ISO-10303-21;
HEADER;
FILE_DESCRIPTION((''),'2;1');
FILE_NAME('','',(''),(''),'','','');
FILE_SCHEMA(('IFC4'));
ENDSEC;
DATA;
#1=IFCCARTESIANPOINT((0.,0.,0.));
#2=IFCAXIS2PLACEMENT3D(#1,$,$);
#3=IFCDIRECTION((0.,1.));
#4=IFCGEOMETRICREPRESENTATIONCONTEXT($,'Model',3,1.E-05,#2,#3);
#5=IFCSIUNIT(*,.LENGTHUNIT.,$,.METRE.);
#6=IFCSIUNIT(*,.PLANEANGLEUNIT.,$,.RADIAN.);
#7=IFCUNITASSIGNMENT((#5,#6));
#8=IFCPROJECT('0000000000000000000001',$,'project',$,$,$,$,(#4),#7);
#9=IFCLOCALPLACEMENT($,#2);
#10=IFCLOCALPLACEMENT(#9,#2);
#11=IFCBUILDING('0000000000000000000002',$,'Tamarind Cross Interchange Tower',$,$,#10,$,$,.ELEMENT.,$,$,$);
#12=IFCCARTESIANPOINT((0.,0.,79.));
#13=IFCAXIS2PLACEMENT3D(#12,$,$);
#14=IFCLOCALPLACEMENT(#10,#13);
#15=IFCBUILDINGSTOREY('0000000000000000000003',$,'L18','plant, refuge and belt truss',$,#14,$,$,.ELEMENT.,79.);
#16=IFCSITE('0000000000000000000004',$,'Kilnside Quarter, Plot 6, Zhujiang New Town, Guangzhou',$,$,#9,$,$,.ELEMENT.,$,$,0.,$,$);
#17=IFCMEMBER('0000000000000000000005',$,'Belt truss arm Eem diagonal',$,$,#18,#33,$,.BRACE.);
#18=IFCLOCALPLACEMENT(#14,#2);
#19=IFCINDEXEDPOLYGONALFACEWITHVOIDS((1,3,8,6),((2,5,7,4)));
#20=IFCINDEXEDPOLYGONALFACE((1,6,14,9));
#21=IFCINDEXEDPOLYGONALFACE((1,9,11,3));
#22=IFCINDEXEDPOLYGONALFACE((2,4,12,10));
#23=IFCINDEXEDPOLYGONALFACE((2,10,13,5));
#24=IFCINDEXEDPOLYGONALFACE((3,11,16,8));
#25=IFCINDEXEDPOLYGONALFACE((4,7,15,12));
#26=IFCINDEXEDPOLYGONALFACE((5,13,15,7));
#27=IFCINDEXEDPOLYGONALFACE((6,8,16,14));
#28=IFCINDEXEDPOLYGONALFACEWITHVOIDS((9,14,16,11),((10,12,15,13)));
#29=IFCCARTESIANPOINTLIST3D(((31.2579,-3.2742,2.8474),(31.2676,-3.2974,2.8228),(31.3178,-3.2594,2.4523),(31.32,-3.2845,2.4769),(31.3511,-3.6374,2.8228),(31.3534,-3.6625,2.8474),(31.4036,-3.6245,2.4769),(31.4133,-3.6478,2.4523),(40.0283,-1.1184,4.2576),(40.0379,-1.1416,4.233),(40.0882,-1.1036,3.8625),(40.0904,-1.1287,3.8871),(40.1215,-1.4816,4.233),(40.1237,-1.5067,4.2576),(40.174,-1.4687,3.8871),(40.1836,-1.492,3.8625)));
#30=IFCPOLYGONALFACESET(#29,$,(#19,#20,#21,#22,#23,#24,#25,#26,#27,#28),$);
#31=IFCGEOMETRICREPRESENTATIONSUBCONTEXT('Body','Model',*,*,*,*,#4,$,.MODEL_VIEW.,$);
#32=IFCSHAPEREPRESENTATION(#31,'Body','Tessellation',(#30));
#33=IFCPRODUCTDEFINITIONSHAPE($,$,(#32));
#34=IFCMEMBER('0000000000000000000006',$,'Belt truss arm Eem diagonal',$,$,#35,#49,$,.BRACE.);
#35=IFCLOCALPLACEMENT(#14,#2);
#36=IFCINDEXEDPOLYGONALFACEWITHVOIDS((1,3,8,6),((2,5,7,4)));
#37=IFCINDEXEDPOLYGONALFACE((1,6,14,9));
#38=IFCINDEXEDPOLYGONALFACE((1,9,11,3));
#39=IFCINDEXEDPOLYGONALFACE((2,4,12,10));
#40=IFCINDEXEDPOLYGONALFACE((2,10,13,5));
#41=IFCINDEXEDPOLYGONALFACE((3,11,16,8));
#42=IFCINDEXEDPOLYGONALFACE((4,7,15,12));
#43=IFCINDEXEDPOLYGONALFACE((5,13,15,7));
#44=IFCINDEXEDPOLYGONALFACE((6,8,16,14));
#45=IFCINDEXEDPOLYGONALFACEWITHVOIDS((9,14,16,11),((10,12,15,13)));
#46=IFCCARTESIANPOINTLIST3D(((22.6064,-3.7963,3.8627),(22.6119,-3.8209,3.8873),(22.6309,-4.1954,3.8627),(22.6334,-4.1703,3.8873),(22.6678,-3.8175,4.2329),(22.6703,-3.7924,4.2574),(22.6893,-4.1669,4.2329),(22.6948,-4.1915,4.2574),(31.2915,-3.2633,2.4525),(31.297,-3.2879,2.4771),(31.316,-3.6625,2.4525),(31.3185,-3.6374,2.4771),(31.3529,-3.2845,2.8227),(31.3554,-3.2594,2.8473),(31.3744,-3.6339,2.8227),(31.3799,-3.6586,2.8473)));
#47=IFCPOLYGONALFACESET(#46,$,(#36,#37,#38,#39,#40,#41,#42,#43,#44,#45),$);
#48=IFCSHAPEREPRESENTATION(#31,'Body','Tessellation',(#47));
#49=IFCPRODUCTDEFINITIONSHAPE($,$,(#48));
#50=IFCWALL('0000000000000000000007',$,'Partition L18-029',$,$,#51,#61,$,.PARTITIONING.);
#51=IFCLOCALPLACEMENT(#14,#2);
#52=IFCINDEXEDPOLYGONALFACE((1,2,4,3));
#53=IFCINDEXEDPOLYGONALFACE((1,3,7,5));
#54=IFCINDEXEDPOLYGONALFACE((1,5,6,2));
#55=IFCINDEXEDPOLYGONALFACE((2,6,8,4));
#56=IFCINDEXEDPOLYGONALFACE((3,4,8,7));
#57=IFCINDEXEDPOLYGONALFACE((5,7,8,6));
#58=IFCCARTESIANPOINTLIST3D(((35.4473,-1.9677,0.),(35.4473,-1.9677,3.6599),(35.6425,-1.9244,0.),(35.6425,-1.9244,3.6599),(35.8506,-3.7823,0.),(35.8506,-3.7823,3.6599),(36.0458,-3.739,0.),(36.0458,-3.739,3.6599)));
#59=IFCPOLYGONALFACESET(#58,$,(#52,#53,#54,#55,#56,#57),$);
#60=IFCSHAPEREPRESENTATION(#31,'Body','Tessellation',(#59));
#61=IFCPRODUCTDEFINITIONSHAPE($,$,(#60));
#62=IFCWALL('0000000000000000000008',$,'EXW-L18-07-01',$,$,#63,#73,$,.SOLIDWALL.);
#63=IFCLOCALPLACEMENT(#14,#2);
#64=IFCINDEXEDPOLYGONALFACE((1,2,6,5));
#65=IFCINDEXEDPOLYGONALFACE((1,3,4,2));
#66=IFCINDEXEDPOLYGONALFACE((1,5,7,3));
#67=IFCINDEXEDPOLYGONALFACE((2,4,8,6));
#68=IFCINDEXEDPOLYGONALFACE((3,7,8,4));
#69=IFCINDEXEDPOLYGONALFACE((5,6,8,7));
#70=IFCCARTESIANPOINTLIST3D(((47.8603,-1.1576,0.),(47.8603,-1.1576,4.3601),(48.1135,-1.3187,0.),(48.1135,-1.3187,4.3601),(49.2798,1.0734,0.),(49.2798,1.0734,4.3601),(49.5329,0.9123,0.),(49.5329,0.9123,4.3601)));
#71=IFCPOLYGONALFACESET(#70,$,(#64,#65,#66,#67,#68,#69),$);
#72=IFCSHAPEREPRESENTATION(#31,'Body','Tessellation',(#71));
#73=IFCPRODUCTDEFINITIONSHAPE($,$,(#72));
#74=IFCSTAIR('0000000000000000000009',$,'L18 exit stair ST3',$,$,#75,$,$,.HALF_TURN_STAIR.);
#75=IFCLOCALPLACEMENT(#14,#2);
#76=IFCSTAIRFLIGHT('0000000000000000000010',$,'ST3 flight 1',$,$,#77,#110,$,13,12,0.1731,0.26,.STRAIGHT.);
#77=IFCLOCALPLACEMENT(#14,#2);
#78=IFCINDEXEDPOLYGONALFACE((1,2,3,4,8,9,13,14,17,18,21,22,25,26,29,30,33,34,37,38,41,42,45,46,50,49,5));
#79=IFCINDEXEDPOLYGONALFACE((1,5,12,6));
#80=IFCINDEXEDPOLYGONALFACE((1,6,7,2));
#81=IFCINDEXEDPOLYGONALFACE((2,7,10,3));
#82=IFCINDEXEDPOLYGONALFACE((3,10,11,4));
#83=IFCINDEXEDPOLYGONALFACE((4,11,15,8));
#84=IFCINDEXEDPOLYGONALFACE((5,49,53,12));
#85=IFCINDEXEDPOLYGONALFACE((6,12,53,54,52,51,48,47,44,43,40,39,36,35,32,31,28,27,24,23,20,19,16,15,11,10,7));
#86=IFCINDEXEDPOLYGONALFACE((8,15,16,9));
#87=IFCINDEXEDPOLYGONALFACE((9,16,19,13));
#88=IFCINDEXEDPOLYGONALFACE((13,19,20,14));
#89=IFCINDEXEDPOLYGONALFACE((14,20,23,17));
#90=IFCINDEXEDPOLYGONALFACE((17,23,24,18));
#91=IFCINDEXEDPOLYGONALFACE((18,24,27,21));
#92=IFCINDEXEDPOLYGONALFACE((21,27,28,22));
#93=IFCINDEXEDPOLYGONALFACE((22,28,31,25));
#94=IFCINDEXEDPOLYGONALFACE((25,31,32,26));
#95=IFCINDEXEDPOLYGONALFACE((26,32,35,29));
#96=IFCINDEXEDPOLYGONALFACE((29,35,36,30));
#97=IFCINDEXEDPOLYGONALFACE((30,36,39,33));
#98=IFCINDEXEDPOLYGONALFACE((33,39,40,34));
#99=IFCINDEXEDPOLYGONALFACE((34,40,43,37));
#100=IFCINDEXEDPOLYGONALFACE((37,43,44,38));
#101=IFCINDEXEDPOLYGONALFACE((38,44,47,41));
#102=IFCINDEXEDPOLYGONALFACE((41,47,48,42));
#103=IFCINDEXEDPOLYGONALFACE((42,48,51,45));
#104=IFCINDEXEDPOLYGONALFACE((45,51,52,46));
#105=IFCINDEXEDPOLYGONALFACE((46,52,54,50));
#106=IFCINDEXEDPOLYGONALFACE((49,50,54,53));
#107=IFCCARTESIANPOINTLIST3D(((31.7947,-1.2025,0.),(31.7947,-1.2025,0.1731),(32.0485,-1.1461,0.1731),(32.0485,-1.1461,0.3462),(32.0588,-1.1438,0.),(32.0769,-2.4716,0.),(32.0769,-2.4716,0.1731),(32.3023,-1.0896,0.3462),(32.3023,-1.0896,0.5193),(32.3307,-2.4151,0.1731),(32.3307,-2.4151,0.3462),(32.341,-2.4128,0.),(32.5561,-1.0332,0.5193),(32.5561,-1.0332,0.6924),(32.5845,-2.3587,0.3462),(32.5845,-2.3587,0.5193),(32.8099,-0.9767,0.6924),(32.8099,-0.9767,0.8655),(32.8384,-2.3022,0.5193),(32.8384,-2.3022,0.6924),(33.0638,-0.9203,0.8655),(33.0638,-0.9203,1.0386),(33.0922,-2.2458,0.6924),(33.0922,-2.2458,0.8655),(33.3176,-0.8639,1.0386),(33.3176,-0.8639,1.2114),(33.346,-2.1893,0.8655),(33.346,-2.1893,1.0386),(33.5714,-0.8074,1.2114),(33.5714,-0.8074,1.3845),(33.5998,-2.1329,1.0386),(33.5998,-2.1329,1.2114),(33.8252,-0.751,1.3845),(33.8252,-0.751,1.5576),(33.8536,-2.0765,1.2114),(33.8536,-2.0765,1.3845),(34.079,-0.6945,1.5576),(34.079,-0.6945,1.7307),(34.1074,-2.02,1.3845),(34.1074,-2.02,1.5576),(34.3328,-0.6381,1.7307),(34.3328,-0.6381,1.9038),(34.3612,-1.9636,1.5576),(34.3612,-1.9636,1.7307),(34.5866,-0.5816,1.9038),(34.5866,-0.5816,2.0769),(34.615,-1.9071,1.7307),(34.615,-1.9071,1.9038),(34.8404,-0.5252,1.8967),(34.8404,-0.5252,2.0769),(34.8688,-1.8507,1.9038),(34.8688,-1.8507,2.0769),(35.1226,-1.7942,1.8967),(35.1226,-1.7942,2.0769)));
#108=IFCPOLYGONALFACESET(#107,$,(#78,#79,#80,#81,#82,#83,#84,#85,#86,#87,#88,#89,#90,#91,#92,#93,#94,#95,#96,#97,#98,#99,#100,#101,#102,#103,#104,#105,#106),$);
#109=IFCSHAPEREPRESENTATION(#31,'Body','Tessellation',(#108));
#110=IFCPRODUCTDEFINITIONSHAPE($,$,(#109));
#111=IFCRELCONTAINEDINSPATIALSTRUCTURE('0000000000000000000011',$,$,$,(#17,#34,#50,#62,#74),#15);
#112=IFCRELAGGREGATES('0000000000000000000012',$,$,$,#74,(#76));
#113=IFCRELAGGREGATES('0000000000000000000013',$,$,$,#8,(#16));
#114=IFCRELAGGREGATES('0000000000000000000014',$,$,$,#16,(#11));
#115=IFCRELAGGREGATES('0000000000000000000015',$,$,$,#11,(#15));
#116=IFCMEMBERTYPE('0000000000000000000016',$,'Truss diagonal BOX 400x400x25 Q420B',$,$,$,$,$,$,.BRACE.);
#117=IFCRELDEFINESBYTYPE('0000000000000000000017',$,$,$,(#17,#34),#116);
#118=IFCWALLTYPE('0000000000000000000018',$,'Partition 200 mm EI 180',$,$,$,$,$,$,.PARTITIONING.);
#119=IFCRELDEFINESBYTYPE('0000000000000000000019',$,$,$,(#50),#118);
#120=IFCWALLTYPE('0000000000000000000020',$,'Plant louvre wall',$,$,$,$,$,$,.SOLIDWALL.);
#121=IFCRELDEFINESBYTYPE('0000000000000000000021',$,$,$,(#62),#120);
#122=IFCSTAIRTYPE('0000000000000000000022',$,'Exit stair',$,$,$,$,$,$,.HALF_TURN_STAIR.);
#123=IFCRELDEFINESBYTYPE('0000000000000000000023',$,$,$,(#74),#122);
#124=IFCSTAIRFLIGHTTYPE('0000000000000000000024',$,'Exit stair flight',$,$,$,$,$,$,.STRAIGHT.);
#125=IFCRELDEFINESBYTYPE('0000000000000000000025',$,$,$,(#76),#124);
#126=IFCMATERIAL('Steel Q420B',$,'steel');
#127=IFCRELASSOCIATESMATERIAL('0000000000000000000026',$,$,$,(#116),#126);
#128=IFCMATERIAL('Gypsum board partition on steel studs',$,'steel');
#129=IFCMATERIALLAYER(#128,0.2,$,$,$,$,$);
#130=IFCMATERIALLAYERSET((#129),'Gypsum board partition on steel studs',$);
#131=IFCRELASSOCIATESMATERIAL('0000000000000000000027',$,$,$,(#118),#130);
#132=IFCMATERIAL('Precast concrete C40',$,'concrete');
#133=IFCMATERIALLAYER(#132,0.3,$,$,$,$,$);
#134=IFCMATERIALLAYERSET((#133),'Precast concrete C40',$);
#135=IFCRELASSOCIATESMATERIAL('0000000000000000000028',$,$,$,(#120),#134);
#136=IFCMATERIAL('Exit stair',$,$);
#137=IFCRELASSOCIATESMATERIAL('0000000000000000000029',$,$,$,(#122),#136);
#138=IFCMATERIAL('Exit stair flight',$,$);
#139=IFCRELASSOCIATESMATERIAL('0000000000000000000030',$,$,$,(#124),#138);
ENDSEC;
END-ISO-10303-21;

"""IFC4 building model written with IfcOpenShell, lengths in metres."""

from ifc_helpers import new_model, si_unit, direction, frame, frame_2d, origin, origin_2d, place, context, subcontext, project, spatial, polyline, rectangle, hollow_rectangle, outline, extrude, material, layer, layer_set, material_profile, profile_set, type_object, element, aggregate, save


model = new_model("IFC4")

# Units and contexts
model_context = context("Model", 3, precision=1e-05, world=origin(), true_north=direction((0.0, 1.0)))
body_context = subcontext(model_context, "Body", "Model", "MODEL_VIEW")
ifc_project = project(units=[si_unit("LENGTHUNIT", "METRE"), si_unit("PLANEANGLEUNIT", "RADIAN")], contexts=[model_context])

# Site, building, storey
site_placement = place(None, origin())
site = spatial("IfcSite", under=ifc_project, at=site_placement, Name="Kilnside Quarter, Plot 6, Zhujiang New Town, Guangzhou", CompositionType="ELEMENT", RefElevation=0.0)
building_placement = place(site_placement, origin())
building = spatial("IfcBuilding", under=site, at=building_placement, Name="Tamarind Cross Interchange Tower", CompositionType="ELEMENT")
storey_placement = place(building_placement, frame((0.0, 0.0, 79.0)))
storey = spatial("IfcBuildingStorey", under=building, at=storey_placement, Name="L18", Description="plant, refuge and belt truss", CompositionType="ELEMENT", Elevation=79.0)

# Members
ifc_material_1 = material(Name="Steel Q420B", Category="steel")
ifc_material_profile_1 = material_profile(ifc_material_1, hollow_rectangle(XDim=0.3999, YDim=0.3999, WallThickness=0.0249, at=origin_2d()), Name="BOX 400x400x25")
ifc_profile_set_1 = profile_set([ifc_material_profile_1], Name="Steel Q420B")
member_type_1 = type_object("IfcMemberType", Name="Truss diagonal BOX 400x400x25 Q420B", PredefinedType="BRACE", material=ifc_profile_set_1)
member_1_placement = place(storey_placement, frame((40.106, -1.3052, 4.0601), z_axis=(-0.959468, -0.235841, -0.154271), x_axis=(0.238698, -0.971094, 0.0)))
element("IfcMember", 1, at=member_1_placement, inside=storey, type_object=member_type_1, Name="Belt truss arm Eem diagonal", PredefinedType="BRACE", context=body_context, shape_type="SweptSolid", body=[
    extrude(hollow_rectangle(XDim=0.3999, YDim=0.3999, WallThickness=0.0249, at=origin_2d()), origin(), (0.0, 0.0, 1.0), 9.1409),
])
member_2_placement = place(storey_placement, frame((31.3357, -3.4609, 2.6499), z_axis=(-0.985268, -0.060461, 0.159974), x_axis=(0.06125, -0.998122, 0.0)))
element("IfcMember", 2, at=member_2_placement, inside=storey, type_object=member_type_1, Name="Belt truss arm Eem diagonal", PredefinedType="BRACE", context=body_context, shape_type="SweptSolid", body=[
    extrude(hollow_rectangle(XDim=0.3999, YDim=0.3999, WallThickness=0.0249, at=origin_2d()), origin(), (0.0, 0.0, 1.0), 8.8149),
])

# Walls
ifc_material_2 = material(Name="Gypsum board partition on steel studs", Category="steel")
ifc_layer_1 = layer(ifc_material_2, 0.2)
ifc_layer_set_1 = layer_set([ifc_layer_1], Name="Gypsum board partition on steel studs")
wall_type_1 = type_object("IfcWallType", Name="Partition 200 mm EI 180", PredefinedType="PARTITIONING", material=ifc_layer_set_1)
wall_1_placement = place(storey_placement, frame((35.5449, -1.946, 0.0), z_axis=(0.0, 0.0, 1.0), x_axis=(0.216958, -0.976181, 0.0)))
element("IfcWall", 3, at=wall_1_placement, inside=storey, type_object=wall_type_1, Name="Partition L18-029", PredefinedType="PARTITIONING", context=body_context, shape_type="SweptSolid", body=[
    extrude(rectangle(XDim=1.8589, YDim=0.2, at=frame_2d((0.9294, 0.0))), origin(), (0.0, 0.0, 1.0), 3.6599),
])
ifc_material_3 = material(Name="Precast concrete C40", Category="concrete")
ifc_layer_2 = layer(ifc_material_3, 0.3)
ifc_layer_set_2 = layer_set([ifc_layer_2], Name="Precast concrete C40")
wall_type_2 = type_object("IfcWallType", Name="Plant louvre wall", PredefinedType="SOLIDWALL", material=ifc_layer_set_2)
wall_2_placement = place(storey_placement, frame((47.9868, -1.2383, 0.0), z_axis=(0.0, 0.0, 1.0), x_axis=(0.536804, 0.843707, 0.0)))
element("IfcWall", 4, at=wall_2_placement, inside=storey, type_object=wall_type_2, Name="EXW-L18-07-01", PredefinedType="SOLIDWALL", context=body_context, shape_type="SweptSolid", body=[
    extrude(rectangle(XDim=2.6443, YDim=0.3, at=frame_2d((1.3223, 0.0))), origin(), (0.0, 0.0, 1.0), 4.3601),
])

# Stair, stair flight
ifc_material_4 = material(Name="Exit stair")
stair_type = type_object("IfcStairType", Name="Exit stair", PredefinedType="HALF_TURN_STAIR", material=ifc_material_4)
stair_placement = place(storey_placement, origin())
stair = element("IfcStair", 5, at=stair_placement, inside=storey, type_object=stair_type, Name="L18 exit stair ST3", PredefinedType="HALF_TURN_STAIR")
ifc_material_5 = material(Name="Exit stair flight")
stair_flight_type = type_object("IfcStairFlightType", Name="Exit stair flight", PredefinedType="STRAIGHT", material=ifc_material_5)
stair_flight_placement = place(storey_placement, frame((31.9358, -1.8369, 0.0), z_axis=(0.0, 0.0, 1.0), x_axis=(0.976154, 0.21708, 0.0)))
stair_flight = element("IfcStairFlight", 6, at=stair_flight_placement, type_object=stair_flight_type, Name="ST3 flight 1", NumberOfRisers=13, NumberOfTreads=12, PredefinedType="STRAIGHT", RiserHeight=0.1731, TreadLength=0.26, context=body_context, shape_type="SweptSolid", body=[
    extrude(outline(polyline([(0.0, 0.0), (0.0, 0.1731), (0.26, 0.1731), (0.26, 0.3462), (0.52, 0.3462), (0.52, 0.5193), (0.78, 0.5193), (0.78, 0.6924), (1.04, 0.6924), (1.04, 0.8655), (1.3, 0.8655), (1.3, 1.0386), (1.5601, 1.0386), (1.5601, 1.2114), (1.8201, 1.2114), (1.8201, 1.3845), (2.0801, 1.3845), (2.0801, 1.5576), (2.3401, 1.5576), (2.3401, 1.7307), (2.6001, 1.7307), (2.6001, 1.9038), (2.8601, 1.9038), (2.8601, 2.0769), (3.1201, 2.0769), (3.1201, 2.25), (3.1201, 1.8967), (0.2705, 0.0), (0.0, 0.0)])), frame((0.0, 0.6499, 0.0), z_axis=(0.0, -1.0, 0.0), x_axis=(1.0, 0.0, 0.0)), (0.0, 0.0, 1.0), 1.3),
])
aggregate(stair, [stair_flight])

save(model, "model.ifc")
